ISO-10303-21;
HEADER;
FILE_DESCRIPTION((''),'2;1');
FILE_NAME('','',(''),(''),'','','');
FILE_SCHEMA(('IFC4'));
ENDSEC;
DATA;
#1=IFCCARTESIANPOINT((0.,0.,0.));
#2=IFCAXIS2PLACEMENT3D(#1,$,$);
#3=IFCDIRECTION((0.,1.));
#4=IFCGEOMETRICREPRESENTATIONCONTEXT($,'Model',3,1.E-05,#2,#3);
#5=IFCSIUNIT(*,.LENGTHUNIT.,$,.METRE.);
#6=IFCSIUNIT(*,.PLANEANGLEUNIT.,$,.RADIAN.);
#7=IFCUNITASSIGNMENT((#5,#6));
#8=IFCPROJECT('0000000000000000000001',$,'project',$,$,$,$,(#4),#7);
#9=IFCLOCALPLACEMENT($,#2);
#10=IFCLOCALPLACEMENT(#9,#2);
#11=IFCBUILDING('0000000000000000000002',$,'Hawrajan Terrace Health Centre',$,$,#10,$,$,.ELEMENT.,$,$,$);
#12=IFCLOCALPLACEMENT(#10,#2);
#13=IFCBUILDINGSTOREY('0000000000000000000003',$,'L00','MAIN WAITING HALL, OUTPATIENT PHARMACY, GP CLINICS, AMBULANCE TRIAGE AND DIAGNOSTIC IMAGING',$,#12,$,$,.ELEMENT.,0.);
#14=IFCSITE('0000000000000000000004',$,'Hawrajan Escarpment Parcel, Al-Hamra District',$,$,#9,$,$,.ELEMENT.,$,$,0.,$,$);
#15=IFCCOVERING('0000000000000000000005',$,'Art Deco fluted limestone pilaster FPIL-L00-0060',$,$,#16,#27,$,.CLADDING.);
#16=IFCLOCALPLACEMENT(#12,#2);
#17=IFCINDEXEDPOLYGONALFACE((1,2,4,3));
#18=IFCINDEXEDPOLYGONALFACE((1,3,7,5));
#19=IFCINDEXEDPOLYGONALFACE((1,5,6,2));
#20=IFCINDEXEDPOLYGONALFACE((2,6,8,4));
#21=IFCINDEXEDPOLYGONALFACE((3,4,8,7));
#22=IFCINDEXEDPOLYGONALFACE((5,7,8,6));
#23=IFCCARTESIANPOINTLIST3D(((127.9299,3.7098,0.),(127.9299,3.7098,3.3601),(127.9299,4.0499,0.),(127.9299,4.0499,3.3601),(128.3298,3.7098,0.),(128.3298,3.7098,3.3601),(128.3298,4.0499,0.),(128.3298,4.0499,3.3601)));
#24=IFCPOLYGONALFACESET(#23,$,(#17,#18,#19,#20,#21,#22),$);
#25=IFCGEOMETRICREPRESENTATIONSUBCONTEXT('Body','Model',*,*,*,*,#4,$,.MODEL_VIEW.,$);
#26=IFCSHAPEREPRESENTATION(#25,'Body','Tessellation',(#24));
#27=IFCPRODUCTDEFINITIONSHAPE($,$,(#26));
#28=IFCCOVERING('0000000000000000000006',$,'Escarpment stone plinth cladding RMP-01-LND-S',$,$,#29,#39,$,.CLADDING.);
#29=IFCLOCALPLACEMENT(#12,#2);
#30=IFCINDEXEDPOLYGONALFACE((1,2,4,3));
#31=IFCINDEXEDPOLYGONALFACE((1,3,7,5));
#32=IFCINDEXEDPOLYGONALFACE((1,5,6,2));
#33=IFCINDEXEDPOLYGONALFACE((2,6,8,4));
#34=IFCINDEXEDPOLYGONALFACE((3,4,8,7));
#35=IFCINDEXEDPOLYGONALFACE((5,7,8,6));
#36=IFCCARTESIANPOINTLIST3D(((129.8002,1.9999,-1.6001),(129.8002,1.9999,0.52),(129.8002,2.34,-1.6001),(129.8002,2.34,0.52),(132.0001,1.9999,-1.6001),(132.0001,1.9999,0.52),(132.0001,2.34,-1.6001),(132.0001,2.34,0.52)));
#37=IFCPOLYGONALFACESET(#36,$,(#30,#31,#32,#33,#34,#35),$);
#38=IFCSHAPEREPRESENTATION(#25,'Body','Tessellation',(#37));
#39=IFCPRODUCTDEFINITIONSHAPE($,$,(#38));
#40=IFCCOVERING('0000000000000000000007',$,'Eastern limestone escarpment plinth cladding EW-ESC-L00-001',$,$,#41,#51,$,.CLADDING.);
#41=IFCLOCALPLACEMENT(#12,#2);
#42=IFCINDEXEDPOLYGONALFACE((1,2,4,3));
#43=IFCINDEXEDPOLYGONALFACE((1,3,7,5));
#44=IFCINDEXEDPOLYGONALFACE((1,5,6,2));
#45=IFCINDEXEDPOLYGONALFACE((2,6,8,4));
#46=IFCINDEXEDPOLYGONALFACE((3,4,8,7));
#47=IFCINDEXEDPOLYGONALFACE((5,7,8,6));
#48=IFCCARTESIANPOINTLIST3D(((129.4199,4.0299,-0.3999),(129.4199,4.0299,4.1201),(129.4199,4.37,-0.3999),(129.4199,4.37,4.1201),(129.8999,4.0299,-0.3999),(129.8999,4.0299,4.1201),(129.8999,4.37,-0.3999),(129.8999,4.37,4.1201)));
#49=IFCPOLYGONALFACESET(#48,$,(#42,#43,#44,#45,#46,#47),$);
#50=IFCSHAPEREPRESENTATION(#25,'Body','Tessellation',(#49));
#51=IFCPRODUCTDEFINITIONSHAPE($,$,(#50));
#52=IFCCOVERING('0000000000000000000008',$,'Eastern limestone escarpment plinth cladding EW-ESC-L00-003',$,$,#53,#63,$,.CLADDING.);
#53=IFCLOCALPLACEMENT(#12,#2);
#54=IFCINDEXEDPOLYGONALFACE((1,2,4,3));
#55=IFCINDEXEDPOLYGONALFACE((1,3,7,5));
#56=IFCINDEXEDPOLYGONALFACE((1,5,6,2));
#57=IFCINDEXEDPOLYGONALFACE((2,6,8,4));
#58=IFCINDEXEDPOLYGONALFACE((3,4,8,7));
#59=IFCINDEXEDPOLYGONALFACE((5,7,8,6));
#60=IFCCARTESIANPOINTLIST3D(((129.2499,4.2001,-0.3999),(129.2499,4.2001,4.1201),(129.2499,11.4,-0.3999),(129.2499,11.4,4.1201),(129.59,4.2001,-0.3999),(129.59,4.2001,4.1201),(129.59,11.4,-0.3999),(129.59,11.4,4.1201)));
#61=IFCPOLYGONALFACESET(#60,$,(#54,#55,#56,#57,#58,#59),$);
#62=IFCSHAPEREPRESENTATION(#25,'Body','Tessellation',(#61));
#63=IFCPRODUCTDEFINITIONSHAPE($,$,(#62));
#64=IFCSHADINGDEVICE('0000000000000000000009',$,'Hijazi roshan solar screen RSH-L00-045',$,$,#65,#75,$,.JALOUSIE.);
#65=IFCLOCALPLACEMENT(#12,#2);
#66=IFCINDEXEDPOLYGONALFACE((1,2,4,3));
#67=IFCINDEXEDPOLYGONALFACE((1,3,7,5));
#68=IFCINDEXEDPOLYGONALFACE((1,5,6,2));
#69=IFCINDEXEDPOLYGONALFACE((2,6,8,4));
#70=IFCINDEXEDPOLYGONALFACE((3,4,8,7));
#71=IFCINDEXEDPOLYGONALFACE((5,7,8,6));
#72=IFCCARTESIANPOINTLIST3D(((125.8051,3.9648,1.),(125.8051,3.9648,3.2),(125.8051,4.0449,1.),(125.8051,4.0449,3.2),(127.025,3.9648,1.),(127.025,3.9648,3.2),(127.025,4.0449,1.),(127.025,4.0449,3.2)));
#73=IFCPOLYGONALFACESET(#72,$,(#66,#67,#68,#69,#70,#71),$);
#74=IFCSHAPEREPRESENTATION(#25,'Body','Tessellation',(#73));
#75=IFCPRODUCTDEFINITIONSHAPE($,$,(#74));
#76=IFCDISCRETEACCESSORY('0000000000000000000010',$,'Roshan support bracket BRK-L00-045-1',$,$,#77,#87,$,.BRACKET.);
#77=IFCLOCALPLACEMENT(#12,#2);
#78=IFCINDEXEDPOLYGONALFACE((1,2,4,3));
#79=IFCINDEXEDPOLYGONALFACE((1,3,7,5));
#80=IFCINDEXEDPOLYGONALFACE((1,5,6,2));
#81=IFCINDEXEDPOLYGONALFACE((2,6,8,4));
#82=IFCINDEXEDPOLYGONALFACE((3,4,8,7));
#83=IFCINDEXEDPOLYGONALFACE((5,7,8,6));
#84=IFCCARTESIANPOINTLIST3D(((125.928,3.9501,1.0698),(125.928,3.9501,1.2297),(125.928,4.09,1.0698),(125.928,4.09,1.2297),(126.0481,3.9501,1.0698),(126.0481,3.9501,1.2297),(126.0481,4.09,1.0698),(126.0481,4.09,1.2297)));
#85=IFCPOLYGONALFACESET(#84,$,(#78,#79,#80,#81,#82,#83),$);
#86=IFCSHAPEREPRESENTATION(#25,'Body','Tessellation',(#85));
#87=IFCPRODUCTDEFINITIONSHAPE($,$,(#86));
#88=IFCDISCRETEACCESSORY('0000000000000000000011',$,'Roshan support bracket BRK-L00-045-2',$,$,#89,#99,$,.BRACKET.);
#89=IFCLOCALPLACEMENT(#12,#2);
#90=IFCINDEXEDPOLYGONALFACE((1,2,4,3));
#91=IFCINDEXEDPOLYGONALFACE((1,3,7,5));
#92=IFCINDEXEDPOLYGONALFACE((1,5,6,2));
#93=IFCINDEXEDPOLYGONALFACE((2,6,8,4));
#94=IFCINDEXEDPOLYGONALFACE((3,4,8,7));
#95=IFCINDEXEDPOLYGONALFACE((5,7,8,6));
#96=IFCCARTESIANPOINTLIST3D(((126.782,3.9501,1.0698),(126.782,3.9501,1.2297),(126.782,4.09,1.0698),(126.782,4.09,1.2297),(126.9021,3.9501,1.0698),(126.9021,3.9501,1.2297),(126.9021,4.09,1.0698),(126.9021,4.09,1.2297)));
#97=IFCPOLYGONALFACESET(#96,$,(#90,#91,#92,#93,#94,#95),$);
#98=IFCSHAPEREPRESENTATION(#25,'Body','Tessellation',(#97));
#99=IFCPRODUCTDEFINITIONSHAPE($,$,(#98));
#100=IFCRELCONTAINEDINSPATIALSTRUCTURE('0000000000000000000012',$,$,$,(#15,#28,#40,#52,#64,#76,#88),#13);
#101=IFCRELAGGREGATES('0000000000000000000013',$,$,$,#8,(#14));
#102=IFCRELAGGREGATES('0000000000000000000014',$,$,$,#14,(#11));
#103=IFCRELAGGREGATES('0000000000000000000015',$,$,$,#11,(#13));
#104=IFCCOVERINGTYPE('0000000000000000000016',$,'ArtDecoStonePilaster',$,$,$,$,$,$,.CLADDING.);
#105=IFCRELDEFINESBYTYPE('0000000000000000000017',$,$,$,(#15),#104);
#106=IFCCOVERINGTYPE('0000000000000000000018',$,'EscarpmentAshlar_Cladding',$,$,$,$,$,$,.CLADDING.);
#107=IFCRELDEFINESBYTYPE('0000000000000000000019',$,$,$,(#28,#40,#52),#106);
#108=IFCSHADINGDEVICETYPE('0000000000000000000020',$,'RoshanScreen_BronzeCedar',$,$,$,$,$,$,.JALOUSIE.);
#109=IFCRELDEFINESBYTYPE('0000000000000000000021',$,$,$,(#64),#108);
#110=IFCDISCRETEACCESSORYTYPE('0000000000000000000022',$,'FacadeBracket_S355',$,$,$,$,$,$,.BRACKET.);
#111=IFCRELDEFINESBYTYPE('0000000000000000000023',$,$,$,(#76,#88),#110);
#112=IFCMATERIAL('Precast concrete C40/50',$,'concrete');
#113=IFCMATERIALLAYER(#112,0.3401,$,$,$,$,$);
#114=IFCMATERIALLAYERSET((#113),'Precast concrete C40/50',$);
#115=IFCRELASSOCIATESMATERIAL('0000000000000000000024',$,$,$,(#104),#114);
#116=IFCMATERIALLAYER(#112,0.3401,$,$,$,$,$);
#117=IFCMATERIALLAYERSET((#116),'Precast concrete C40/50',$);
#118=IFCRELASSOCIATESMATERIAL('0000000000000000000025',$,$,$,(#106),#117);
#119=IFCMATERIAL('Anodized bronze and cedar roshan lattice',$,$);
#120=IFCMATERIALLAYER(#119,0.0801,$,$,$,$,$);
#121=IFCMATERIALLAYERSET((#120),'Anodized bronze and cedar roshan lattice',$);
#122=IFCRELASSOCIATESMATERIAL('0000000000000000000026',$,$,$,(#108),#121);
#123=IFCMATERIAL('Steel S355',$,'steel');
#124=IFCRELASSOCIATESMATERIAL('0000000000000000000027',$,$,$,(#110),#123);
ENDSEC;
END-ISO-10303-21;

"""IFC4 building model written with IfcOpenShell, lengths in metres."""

from ifc_helpers import new_model, si_unit, direction, frame, frame_2d, origin, origin_2d, place, context, subcontext, project, spatial, rectangle, extrude, material, layer, layer_set, type_object, element, save


model = new_model("IFC4")

# Units and contexts
model_context = context("Model", 3, precision=1e-05, world=origin(), true_north=direction((0.0, 1.0)))
body_context = subcontext(model_context, "Body", "Model", "MODEL_VIEW")
ifc_project = project(units=[si_unit("LENGTHUNIT", "METRE"), si_unit("PLANEANGLEUNIT", "RADIAN")], contexts=[model_context])

# Site, building, storey
site_placement = place(None, origin())
site = spatial("IfcSite", under=ifc_project, at=site_placement, Name="Hawrajan Escarpment Parcel, Al-Hamra District", CompositionType="ELEMENT", RefElevation=0.0)
building_placement = place(site_placement, origin())
building = spatial("IfcBuilding", under=site, at=building_placement, Name="Hawrajan Terrace Health Centre", CompositionType="ELEMENT")
storey_placement = place(building_placement, origin())
storey = spatial("IfcBuildingStorey", under=building, at=storey_placement, Name="L00", Description="MAIN WAITING HALL, OUTPATIENT PHARMACY, GP CLINICS, AMBULANCE TRIAGE AND DIAGNOSTIC IMAGING", CompositionType="ELEMENT", Elevation=0.0)

# Shared definitions
ifc_material_1 = material(Name="Precast concrete C40/50", Category="concrete")

# Coverings
ifc_layer_1 = layer(ifc_material_1, 0.3401)
ifc_layer_set_1 = layer_set([ifc_layer_1], Name="Precast concrete C40/50")
covering_type_1 = type_object("IfcCoveringType", Name="ArtDecoStonePilaster", PredefinedType="CLADDING", material=ifc_layer_set_1)
for number, where, z_axis, x_axis, name in (
    (1, (128.1299, 3.8799, 0.0), (0.0, 0.0, 1.0), (1.0, 0.0, 0.0), "Art Deco fluted limestone pilaster FPIL-L00-0060"),
):
    element("IfcCovering", number, at=place(storey_placement, frame(where, z_axis=z_axis, x_axis=x_axis)), inside=storey, type_object=covering_type_1, Name=name, PredefinedType="CLADDING", context=body_context, shape_type="SweptSolid", body=[
        extrude(rectangle(XDim=0.3999, YDim=0.3401, at=origin_2d()), origin(), (0.0, 0.0, 1.0), 3.3601),
    ])
ifc_layer_2 = layer(ifc_material_1, 0.3401)
ifc_layer_set_2 = layer_set([ifc_layer_2], Name="Precast concrete C40/50")
covering_type_2 = type_object("IfcCoveringType", Name="EscarpmentAshlar_Cladding", PredefinedType="CLADDING", material=ifc_layer_set_2)
covering_1_placement = place(storey_placement, frame((129.8, 2.1699, -1.6001), z_axis=(0.0, 0.0, 1.0), x_axis=(1.0, 0.0, 0.0)))
element("IfcCovering", 2, at=covering_1_placement, inside=storey, type_object=covering_type_2, Name="Escarpment stone plinth cladding RMP-01-LND-S", PredefinedType="CLADDING", context=body_context, shape_type="SweptSolid", body=[
    extrude(rectangle(XDim=2.2, YDim=0.3401, at=frame_2d((1.1001, 0.0))), origin(), (0.0, 0.0, 1.0), 2.1201),
])
covering_2_placement = place(storey_placement, frame((129.4199, 4.2, -0.3999), z_axis=(0.0, 0.0, 1.0), x_axis=(1.0, 0.0, 0.0)))
element("IfcCovering", 3, at=covering_2_placement, inside=storey, type_object=covering_type_2, Name="Eastern limestone escarpment plinth cladding EW-ESC-L00-001", PredefinedType="CLADDING", context=body_context, shape_type="SweptSolid", body=[
    extrude(rectangle(XDim=0.48, YDim=0.3401, at=frame_2d((0.24, 0.0))), origin(), (0.0, 0.0, 1.0), 4.52),
])
covering_3_placement = place(storey_placement, frame((129.4199, 4.2, -0.3999), z_axis=(0.0, 0.0, 1.0), x_axis=(0.0, 1.0, 0.0)))
element("IfcCovering", 4, at=covering_3_placement, inside=storey, type_object=covering_type_2, Name="Eastern limestone escarpment plinth cladding EW-ESC-L00-003", PredefinedType="CLADDING", context=body_context, shape_type="SweptSolid", body=[
    extrude(rectangle(XDim=7.2, YDim=0.3401, at=frame_2d((3.6001, 0.0))), origin(), (0.0, 0.0, 1.0), 4.52),
])

# Shading device
ifc_material_2 = material(Name="Anodized bronze and cedar roshan lattice")
ifc_layer_3 = layer(ifc_material_2, 0.0801)
ifc_layer_set_3 = layer_set([ifc_layer_3], Name="Anodized bronze and cedar roshan lattice")
shading_device_type = type_object("IfcShadingDeviceType", Name="RoshanScreen_BronzeCedar", PredefinedType="JALOUSIE", material=ifc_layer_set_3)
shading_device_placement = place(storey_placement, frame((126.415, 4.0049, 1.0), z_axis=(0.0, 0.0, 1.0), x_axis=(1.0, 0.0, 0.0)))
element("IfcShadingDevice", 5, at=shading_device_placement, inside=storey, type_object=shading_device_type, Name="Hijazi roshan solar screen RSH-L00-045", PredefinedType="JALOUSIE", context=body_context, shape_type="SweptSolid", body=[
    extrude(rectangle(XDim=1.22, YDim=0.0801, at=origin_2d()), origin(), (0.0, 0.0, 1.0), 2.2),
])

# Discrete accessories
ifc_material_3 = material(Name="Steel S355", Category="steel")
discrete_accessory_type = type_object("IfcDiscreteAccessoryType", Name="FacadeBracket_S355", PredefinedType="BRACKET", material=ifc_material_3)
for number, where, z_axis, x_axis, name in (
    (6, (125.988, 4.02, 1.0698), (0.0, 0.0, 1.0), (1.0, 0.0, 0.0), "Roshan support bracket BRK-L00-045-1"),
    (7, (126.842, 4.02, 1.0698), (0.0, 0.0, 1.0), (1.0, 0.0, 0.0), "Roshan support bracket BRK-L00-045-2"),
):
    element("IfcDiscreteAccessory", number, at=place(storey_placement, frame(where, z_axis=z_axis, x_axis=x_axis)), inside=storey, type_object=discrete_accessory_type, Name=name, PredefinedType="BRACKET", context=body_context, shape_type="SweptSolid", body=[
        extrude(rectangle(XDim=0.1201, YDim=0.1399, at=origin_2d()), origin(), (0.0, 0.0, 1.0), 0.1599),
    ])

save(model, "model.ifc")
